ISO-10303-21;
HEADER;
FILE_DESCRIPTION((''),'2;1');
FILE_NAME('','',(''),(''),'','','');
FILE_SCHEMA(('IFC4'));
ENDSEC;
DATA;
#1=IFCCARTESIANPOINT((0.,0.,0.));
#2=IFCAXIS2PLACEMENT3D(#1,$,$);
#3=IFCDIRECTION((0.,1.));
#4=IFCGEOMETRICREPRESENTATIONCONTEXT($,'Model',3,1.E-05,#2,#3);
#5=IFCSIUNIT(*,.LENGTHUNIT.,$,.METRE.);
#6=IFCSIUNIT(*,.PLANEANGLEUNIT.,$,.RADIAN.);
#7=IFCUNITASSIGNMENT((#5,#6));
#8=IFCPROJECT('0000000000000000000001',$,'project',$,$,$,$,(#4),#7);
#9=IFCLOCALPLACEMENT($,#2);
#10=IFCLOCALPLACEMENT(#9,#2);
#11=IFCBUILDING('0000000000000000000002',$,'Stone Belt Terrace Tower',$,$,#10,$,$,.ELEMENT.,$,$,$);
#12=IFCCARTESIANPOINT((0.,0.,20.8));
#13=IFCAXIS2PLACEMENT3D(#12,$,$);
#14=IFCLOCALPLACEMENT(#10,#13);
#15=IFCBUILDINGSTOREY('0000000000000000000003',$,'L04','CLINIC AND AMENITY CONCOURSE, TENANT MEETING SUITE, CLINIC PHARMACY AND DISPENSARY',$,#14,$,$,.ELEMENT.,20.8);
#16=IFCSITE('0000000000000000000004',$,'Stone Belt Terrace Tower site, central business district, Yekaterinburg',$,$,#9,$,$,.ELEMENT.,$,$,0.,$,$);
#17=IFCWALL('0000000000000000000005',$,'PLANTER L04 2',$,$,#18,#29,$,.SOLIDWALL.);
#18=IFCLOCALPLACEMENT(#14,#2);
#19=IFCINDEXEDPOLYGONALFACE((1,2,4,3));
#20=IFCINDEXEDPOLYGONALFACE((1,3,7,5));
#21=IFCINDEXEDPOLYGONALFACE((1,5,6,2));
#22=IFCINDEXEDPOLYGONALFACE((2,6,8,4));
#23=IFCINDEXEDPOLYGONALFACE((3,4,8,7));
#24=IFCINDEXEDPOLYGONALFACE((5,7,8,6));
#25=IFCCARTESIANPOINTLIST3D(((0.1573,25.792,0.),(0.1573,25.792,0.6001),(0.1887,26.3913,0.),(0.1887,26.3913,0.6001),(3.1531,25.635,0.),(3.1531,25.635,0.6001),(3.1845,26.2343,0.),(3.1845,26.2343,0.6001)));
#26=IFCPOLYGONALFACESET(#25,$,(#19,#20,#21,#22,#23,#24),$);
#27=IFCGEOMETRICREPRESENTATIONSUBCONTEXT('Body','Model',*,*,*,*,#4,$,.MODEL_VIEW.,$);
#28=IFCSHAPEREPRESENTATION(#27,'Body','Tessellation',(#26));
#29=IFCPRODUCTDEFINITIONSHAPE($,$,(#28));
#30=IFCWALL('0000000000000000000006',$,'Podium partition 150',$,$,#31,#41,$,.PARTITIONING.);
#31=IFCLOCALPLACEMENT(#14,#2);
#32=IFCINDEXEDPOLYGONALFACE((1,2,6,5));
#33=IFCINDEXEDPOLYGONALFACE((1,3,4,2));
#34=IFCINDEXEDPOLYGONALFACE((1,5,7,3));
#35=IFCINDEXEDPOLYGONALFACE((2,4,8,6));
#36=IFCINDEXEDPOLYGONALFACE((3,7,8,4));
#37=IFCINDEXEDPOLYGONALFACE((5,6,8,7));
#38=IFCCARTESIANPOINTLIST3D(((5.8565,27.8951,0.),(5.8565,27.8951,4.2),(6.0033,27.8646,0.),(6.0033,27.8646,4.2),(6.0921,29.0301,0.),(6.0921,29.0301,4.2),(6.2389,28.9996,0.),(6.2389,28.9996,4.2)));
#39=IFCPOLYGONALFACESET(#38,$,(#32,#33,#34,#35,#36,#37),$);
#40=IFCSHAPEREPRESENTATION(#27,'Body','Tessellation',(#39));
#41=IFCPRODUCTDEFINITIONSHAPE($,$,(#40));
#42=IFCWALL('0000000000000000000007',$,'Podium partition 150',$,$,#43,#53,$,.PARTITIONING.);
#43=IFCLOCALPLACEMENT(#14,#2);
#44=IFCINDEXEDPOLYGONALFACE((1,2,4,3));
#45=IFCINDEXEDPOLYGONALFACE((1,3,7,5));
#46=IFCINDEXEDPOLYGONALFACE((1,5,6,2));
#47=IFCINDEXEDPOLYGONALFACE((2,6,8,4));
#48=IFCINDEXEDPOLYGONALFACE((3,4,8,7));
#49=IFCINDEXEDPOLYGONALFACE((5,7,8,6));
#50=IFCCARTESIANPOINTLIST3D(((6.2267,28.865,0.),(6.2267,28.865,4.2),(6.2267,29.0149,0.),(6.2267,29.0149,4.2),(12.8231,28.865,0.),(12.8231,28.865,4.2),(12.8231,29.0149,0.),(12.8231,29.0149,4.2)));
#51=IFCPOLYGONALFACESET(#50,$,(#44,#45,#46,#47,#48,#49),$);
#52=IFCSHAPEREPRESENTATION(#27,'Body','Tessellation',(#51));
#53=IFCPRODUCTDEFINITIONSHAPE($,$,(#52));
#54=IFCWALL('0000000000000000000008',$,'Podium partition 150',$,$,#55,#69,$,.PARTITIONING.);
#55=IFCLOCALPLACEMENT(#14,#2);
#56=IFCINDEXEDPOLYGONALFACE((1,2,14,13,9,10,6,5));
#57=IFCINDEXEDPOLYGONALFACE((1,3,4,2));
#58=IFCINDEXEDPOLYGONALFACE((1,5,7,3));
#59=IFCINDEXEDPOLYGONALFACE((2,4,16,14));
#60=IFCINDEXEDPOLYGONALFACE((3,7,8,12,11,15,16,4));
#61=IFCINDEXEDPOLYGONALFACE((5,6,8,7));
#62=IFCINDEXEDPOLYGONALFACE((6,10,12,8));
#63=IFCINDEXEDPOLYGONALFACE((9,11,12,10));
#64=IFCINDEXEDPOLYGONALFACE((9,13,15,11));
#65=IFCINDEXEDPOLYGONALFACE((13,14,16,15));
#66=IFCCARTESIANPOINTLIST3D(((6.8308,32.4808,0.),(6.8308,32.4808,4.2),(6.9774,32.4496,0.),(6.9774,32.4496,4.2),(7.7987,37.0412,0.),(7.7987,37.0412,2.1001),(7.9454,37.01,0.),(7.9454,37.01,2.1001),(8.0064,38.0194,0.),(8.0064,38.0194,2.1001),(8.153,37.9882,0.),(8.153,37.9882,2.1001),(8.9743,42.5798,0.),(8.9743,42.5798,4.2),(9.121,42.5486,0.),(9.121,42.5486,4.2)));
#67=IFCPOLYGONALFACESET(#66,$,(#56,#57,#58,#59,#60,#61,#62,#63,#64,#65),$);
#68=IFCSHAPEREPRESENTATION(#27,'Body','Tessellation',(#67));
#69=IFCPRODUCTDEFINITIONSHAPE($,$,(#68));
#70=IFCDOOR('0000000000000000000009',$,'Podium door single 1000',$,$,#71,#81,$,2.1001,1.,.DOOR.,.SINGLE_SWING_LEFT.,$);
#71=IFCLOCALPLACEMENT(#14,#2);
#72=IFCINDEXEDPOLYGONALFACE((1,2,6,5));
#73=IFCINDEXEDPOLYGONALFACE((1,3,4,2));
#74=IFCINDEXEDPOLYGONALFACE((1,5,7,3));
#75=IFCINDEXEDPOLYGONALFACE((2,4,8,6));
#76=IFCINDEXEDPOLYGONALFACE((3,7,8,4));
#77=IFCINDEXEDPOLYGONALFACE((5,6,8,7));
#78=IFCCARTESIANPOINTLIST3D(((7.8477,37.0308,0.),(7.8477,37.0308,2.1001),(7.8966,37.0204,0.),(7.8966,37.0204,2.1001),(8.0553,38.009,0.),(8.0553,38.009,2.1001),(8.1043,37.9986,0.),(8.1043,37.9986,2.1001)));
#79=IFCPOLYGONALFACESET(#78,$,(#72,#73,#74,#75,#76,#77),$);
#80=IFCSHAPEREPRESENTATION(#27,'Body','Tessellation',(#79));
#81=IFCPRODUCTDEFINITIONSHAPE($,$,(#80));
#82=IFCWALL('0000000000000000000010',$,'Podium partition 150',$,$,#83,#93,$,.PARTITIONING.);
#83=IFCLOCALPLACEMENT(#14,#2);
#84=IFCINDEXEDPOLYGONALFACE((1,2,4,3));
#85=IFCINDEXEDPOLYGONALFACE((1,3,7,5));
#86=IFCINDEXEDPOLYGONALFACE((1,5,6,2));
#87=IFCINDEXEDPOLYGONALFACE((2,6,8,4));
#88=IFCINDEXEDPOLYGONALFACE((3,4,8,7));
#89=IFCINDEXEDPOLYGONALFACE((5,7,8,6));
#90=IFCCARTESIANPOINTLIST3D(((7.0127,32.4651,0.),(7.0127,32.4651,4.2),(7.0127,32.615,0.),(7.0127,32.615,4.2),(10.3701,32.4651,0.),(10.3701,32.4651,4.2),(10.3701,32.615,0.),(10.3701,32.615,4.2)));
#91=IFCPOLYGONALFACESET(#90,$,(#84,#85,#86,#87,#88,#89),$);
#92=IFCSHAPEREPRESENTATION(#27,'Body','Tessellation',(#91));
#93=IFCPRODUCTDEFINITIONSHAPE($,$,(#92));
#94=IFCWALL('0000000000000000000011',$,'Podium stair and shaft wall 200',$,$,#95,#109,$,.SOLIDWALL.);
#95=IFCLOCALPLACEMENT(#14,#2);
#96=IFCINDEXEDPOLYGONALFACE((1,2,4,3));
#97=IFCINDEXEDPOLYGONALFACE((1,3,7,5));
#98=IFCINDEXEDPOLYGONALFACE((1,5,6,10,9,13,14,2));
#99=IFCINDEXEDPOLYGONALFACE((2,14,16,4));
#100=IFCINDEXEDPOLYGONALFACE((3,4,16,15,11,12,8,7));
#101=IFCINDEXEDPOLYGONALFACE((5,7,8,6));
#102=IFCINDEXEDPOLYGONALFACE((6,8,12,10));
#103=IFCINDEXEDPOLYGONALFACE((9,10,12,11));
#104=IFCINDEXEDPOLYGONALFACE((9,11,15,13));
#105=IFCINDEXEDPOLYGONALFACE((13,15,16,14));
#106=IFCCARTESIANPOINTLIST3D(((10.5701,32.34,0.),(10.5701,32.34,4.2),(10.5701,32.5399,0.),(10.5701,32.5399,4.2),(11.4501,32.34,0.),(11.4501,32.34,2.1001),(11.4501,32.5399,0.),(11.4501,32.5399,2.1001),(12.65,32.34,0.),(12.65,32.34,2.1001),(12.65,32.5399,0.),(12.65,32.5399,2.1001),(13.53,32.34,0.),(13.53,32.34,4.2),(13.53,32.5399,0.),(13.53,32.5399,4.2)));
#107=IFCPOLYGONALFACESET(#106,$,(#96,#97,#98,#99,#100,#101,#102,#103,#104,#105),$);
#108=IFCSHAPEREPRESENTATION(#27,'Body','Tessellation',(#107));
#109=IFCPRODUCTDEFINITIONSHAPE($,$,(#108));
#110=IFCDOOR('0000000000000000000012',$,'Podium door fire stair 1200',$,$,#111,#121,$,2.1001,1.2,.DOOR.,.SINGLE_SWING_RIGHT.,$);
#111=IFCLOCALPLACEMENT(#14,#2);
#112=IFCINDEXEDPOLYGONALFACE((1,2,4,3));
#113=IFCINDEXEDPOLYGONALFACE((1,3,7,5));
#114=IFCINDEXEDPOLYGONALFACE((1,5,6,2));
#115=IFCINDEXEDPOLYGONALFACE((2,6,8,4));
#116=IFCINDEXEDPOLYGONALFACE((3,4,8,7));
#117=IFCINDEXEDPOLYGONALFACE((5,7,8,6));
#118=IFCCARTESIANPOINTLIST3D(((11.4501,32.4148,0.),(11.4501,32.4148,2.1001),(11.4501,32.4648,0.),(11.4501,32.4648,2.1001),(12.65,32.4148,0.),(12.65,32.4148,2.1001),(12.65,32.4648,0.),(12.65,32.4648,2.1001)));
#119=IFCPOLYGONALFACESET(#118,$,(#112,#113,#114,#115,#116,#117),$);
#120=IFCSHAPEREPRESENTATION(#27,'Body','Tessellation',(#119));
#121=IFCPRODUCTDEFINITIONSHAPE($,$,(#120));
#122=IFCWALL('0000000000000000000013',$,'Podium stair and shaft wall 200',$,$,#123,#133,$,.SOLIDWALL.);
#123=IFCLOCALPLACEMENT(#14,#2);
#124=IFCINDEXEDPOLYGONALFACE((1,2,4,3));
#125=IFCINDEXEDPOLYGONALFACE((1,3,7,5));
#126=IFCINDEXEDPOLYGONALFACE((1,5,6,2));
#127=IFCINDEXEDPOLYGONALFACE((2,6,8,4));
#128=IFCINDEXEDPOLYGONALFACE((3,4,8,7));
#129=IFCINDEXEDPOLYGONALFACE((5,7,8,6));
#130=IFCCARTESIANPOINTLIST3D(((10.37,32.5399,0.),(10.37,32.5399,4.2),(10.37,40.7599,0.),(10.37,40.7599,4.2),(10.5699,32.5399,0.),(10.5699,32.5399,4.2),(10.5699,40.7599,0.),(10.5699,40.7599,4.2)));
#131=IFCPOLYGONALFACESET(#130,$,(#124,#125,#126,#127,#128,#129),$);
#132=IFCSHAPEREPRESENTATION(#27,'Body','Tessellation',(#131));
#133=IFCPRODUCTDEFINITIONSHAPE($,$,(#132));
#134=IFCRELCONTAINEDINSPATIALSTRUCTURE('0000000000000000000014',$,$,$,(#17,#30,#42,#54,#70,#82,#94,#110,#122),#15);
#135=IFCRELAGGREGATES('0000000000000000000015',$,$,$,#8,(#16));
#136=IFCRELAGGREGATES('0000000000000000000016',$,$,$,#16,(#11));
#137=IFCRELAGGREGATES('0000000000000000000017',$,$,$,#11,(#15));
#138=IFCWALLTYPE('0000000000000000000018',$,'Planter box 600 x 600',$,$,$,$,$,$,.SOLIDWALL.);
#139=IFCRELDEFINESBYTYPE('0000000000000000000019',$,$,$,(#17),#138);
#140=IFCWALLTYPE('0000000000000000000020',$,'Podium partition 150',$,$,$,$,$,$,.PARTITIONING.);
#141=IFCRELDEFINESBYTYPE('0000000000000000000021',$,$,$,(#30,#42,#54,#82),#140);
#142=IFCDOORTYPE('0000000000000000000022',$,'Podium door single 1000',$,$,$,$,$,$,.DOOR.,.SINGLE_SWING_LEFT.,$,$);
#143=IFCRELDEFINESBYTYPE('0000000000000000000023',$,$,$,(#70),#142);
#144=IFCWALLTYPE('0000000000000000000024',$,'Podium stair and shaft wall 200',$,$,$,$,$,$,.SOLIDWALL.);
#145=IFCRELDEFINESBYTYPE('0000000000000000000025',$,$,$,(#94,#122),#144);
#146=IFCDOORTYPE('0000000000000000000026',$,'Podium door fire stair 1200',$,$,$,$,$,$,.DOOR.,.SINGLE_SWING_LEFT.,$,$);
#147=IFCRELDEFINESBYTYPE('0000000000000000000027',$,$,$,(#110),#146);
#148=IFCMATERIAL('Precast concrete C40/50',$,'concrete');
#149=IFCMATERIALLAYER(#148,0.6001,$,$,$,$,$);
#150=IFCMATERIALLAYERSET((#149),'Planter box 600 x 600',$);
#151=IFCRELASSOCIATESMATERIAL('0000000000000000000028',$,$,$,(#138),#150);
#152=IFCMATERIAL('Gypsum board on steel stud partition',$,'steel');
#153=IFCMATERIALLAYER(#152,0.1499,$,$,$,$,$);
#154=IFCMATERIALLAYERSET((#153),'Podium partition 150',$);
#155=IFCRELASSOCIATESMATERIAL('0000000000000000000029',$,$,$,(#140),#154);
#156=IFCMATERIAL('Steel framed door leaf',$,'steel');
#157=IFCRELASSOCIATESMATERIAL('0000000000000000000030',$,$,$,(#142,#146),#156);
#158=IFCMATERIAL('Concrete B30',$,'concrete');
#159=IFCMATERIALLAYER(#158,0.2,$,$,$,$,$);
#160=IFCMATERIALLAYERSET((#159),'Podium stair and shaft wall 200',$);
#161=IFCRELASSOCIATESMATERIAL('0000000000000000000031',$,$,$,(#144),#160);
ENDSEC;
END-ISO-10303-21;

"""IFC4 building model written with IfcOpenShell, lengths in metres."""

from ifc_helpers import new_model, si_unit, direction, frame, frame_2d, origin, origin_2d, place, context, subcontext, project, spatial, rectangle, extrude, material, layer, layer_set, type_object, element, fill, save


model = new_model("IFC4")

# Units and contexts
model_context = context("Model", 3, precision=1e-05, world=origin(), true_north=direction((0.0, 1.0)))
body_context = subcontext(model_context, "Body", "Model", "MODEL_VIEW")
ifc_project = project(units=[si_unit("LENGTHUNIT", "METRE"), si_unit("PLANEANGLEUNIT", "RADIAN")], contexts=[model_context])

# Site, building, storey
site_placement = place(None, origin())
site = spatial("IfcSite", under=ifc_project, at=site_placement, Name="Stone Belt Terrace Tower site, central business district, Yekaterinburg", CompositionType="ELEMENT", RefElevation=0.0)
building_placement = place(site_placement, origin())
building = spatial("IfcBuilding", under=site, at=building_placement, Name="Stone Belt Terrace Tower", CompositionType="ELEMENT")
storey_placement = place(building_placement, frame((0.0, 0.0, 20.8)))
storey = spatial("IfcBuildingStorey", under=building, at=storey_placement, Name="L04", Description="CLINIC AND AMENITY CONCOURSE, TENANT MEETING SUITE, CLINIC PHARMACY AND DISPENSARY", CompositionType="ELEMENT", Elevation=20.8)

# Walls
ifc_material_1 = material(Name="Precast concrete C40/50", Category="concrete")
ifc_layer_1 = layer(ifc_material_1, 0.6001)
ifc_layer_set_1 = layer_set([ifc_layer_1], Name="Planter box 600 x 600")
wall_type_1 = type_object("IfcWallType", Name="Planter box 600 x 600", PredefinedType="SOLIDWALL", material=ifc_layer_set_1)
wall_1_placement = place(storey_placement, frame((1.6709, 26.0132, 0.0), z_axis=(0.0, 0.0, 1.0), x_axis=(0.99863, -0.052336, 0.0)))
element("IfcWall", 1, at=wall_1_placement, inside=storey, type_object=wall_type_1, Name="PLANTER L04 2", PredefinedType="SOLIDWALL", context=body_context, shape_type="SweptSolid", body=[
    extrude(rectangle(XDim=3.0, YDim=0.6001, at=origin_2d()), origin(), (0.0, 0.0, 1.0), 0.6001),
])
ifc_material_2 = material(Name="Gypsum board on steel stud partition", Category="steel")
ifc_layer_2 = layer(ifc_material_2, 0.1499)
ifc_layer_set_2 = layer_set([ifc_layer_2], Name="Podium partition 150")
wall_type_2 = type_object("IfcWallType", Name="Podium partition 150", PredefinedType="PARTITIONING", material=ifc_layer_set_2)
wall_2_placement = place(storey_placement, frame((5.9299, 27.8799, 0.0), z_axis=(0.0, 0.0, 1.0), x_axis=(0.203239, 0.979129, 0.0)))
element("IfcWall", 2, at=wall_2_placement, inside=storey, type_object=wall_type_2, Name="Podium partition 150", PredefinedType="PARTITIONING", context=body_context, shape_type="SweptSolid", body=[
    extrude(rectangle(XDim=1.1592, YDim=0.1499, at=frame_2d((0.5796, 0.0))), origin(), (0.0, 0.0, 1.0), 4.2),
])
wall_3_placement = place(storey_placement, frame((6.2266, 28.9399, 0.0), z_axis=(0.0, 0.0, 1.0), x_axis=(1.0, 0.0, 0.0)))
element("IfcWall", 3, at=wall_3_placement, inside=storey, type_object=wall_type_2, Name="Podium partition 150", PredefinedType="PARTITIONING", context=body_context, shape_type="SweptSolid", body=[
    extrude(rectangle(XDim=6.5964, YDim=0.1499, at=frame_2d((3.2983, 0.0))), origin(), (0.0, 0.0, 1.0), 4.2),
])

# Wall, opening, door
wall_4_placement = place(storey_placement, frame((6.9041, 32.4651, 0.0), z_axis=(0.0, 0.0, 1.0), x_axis=(0.207631, 0.978207, 0.0)))
wall_4 = element("IfcWall", 4, at=wall_4_placement, inside=storey, type_object=wall_type_2, Name="Podium partition 150", PredefinedType="PARTITIONING", context=body_context, shape_type="SweptSolid", body=[
    extrude(rectangle(XDim=10.324, YDim=0.1499, at=frame_2d((5.1621, 0.0))), origin(), (0.0, 0.0, 1.0), 4.2),
])
opening_1_placement = place(wall_4_placement, frame((4.6621, 0.0, 0.0)))
opening_1 = element("IfcOpeningElement", 5, at=opening_1_placement, cuts=wall_4, PredefinedType="OPENING", context=body_context, shape_type="SweptSolid", body=[
    extrude(rectangle(XDim=1.0, YDim=2.1001, at=frame_2d((0.5, 1.05))), frame((0.0, 0.085, 0.0), z_axis=(0.0, -1.0, 0.0), x_axis=(1.0, 0.0, 0.0)), (0.0, 0.0, 1.0), 0.1699),
])
ifc_material_3 = material(Name="Steel framed door leaf", Category="steel")
door_type_1 = type_object("IfcDoorType", Name="Podium door single 1000", OperationType="SINGLE_SWING_LEFT", PredefinedType="DOOR", material=ifc_material_3)
door_1_placement = place(opening_1_placement, origin())
door_1 = element("IfcDoor", 6, at=door_1_placement, inside=storey, type_object=door_type_1, Name="Podium door single 1000", OperationType="SINGLE_SWING_LEFT", OverallHeight=2.1001, OverallWidth=1.0, PredefinedType="DOOR", context=body_context, shape_type="SweptSolid", body=[
    extrude(rectangle(XDim=1.0, YDim=2.1001, at=frame_2d((0.5, 1.05))), frame((0.0, 0.0249, 0.0), z_axis=(0.0, -1.0, 0.0), x_axis=(1.0, 0.0, 0.0)), (0.0, 0.0, 1.0), 0.05),
])
fill(opening_1, door_1)

# Wall
wall_5_placement = place(storey_placement, frame((7.0127, 32.54, 0.0), z_axis=(0.0, 0.0, 1.0), x_axis=(1.0, 0.0, 0.0)))
element("IfcWall", 7, at=wall_5_placement, inside=storey, type_object=wall_type_2, Name="Podium partition 150", PredefinedType="PARTITIONING", context=body_context, shape_type="SweptSolid", body=[
    extrude(rectangle(XDim=3.3574, YDim=0.1499, at=frame_2d((1.6787, 0.0))), origin(), (0.0, 0.0, 1.0), 4.2),
])

# Wall, opening, door
ifc_material_4 = material(Name="Concrete B30", Category="concrete")
ifc_layer_3 = layer(ifc_material_4, 0.2)
ifc_layer_set_3 = layer_set([ifc_layer_3], Name="Podium stair and shaft wall 200")
wall_type_3 = type_object("IfcWallType", Name="Podium stair and shaft wall 200", PredefinedType="SOLIDWALL", material=ifc_layer_set_3)
wall_6_placement = place(storey_placement, frame((10.5701, 32.4399, 0.0), z_axis=(0.0, 0.0, 1.0), x_axis=(1.0, 0.0, 0.0)))
wall_6 = element("IfcWall", 8, at=wall_6_placement, inside=storey, type_object=wall_type_3, Name="Podium stair and shaft wall 200", PredefinedType="SOLIDWALL", context=body_context, shape_type="SweptSolid", body=[
    extrude(rectangle(XDim=2.96, YDim=0.2, at=frame_2d((1.48, 0.0))), origin(), (0.0, 0.0, 1.0), 4.2),
])
opening_2_placement = place(wall_6_placement, frame((0.8799, 0.0, 0.0)))
opening_2 = element("IfcOpeningElement", 9, at=opening_2_placement, cuts=wall_6, PredefinedType="OPENING", context=body_context, shape_type="SweptSolid", body=[
    extrude(rectangle(XDim=1.2, YDim=2.1001, at=frame_2d((0.6001, 1.05))), frame((0.0, 0.1099, 0.0), z_axis=(0.0, -1.0, 0.0), x_axis=(1.0, 0.0, 0.0)), (0.0, 0.0, 1.0), 0.22),
])
door_type_2 = type_object("IfcDoorType", Name="Podium door fire stair 1200", OperationType="SINGLE_SWING_LEFT", PredefinedType="DOOR", material=ifc_material_3)
door_2_placement = place(opening_2_placement, origin())
door_2 = element("IfcDoor", 10, at=door_2_placement, inside=storey, type_object=door_type_2, Name="Podium door fire stair 1200", OperationType="SINGLE_SWING_RIGHT", OverallHeight=2.1001, OverallWidth=1.2, PredefinedType="DOOR", context=body_context, shape_type="SweptSolid", body=[
    extrude(rectangle(XDim=1.2, YDim=2.1001, at=frame_2d((0.6001, 1.05))), frame((0.0, 0.0249, 0.0), z_axis=(0.0, -1.0, 0.0), x_axis=(1.0, 0.0, 0.0)), (0.0, 0.0, 1.0), 0.05),
])
fill(opening_2, door_2)

# Wall
wall_7_placement = place(storey_placement, frame((10.47, 32.54, 0.0), z_axis=(0.0, 0.0, 1.0), x_axis=(0.0, 1.0, 0.0)))
element("IfcWall", 11, at=wall_7_placement, inside=storey, type_object=wall_type_3, Name="Podium stair and shaft wall 200", PredefinedType="SOLIDWALL", context=body_context, shape_type="SweptSolid", body=[
    extrude(rectangle(XDim=8.22, YDim=0.2, at=frame_2d((4.1099, 0.0))), origin(), (0.0, 0.0, 1.0), 4.2),
])

save(model, "model.ifc")
